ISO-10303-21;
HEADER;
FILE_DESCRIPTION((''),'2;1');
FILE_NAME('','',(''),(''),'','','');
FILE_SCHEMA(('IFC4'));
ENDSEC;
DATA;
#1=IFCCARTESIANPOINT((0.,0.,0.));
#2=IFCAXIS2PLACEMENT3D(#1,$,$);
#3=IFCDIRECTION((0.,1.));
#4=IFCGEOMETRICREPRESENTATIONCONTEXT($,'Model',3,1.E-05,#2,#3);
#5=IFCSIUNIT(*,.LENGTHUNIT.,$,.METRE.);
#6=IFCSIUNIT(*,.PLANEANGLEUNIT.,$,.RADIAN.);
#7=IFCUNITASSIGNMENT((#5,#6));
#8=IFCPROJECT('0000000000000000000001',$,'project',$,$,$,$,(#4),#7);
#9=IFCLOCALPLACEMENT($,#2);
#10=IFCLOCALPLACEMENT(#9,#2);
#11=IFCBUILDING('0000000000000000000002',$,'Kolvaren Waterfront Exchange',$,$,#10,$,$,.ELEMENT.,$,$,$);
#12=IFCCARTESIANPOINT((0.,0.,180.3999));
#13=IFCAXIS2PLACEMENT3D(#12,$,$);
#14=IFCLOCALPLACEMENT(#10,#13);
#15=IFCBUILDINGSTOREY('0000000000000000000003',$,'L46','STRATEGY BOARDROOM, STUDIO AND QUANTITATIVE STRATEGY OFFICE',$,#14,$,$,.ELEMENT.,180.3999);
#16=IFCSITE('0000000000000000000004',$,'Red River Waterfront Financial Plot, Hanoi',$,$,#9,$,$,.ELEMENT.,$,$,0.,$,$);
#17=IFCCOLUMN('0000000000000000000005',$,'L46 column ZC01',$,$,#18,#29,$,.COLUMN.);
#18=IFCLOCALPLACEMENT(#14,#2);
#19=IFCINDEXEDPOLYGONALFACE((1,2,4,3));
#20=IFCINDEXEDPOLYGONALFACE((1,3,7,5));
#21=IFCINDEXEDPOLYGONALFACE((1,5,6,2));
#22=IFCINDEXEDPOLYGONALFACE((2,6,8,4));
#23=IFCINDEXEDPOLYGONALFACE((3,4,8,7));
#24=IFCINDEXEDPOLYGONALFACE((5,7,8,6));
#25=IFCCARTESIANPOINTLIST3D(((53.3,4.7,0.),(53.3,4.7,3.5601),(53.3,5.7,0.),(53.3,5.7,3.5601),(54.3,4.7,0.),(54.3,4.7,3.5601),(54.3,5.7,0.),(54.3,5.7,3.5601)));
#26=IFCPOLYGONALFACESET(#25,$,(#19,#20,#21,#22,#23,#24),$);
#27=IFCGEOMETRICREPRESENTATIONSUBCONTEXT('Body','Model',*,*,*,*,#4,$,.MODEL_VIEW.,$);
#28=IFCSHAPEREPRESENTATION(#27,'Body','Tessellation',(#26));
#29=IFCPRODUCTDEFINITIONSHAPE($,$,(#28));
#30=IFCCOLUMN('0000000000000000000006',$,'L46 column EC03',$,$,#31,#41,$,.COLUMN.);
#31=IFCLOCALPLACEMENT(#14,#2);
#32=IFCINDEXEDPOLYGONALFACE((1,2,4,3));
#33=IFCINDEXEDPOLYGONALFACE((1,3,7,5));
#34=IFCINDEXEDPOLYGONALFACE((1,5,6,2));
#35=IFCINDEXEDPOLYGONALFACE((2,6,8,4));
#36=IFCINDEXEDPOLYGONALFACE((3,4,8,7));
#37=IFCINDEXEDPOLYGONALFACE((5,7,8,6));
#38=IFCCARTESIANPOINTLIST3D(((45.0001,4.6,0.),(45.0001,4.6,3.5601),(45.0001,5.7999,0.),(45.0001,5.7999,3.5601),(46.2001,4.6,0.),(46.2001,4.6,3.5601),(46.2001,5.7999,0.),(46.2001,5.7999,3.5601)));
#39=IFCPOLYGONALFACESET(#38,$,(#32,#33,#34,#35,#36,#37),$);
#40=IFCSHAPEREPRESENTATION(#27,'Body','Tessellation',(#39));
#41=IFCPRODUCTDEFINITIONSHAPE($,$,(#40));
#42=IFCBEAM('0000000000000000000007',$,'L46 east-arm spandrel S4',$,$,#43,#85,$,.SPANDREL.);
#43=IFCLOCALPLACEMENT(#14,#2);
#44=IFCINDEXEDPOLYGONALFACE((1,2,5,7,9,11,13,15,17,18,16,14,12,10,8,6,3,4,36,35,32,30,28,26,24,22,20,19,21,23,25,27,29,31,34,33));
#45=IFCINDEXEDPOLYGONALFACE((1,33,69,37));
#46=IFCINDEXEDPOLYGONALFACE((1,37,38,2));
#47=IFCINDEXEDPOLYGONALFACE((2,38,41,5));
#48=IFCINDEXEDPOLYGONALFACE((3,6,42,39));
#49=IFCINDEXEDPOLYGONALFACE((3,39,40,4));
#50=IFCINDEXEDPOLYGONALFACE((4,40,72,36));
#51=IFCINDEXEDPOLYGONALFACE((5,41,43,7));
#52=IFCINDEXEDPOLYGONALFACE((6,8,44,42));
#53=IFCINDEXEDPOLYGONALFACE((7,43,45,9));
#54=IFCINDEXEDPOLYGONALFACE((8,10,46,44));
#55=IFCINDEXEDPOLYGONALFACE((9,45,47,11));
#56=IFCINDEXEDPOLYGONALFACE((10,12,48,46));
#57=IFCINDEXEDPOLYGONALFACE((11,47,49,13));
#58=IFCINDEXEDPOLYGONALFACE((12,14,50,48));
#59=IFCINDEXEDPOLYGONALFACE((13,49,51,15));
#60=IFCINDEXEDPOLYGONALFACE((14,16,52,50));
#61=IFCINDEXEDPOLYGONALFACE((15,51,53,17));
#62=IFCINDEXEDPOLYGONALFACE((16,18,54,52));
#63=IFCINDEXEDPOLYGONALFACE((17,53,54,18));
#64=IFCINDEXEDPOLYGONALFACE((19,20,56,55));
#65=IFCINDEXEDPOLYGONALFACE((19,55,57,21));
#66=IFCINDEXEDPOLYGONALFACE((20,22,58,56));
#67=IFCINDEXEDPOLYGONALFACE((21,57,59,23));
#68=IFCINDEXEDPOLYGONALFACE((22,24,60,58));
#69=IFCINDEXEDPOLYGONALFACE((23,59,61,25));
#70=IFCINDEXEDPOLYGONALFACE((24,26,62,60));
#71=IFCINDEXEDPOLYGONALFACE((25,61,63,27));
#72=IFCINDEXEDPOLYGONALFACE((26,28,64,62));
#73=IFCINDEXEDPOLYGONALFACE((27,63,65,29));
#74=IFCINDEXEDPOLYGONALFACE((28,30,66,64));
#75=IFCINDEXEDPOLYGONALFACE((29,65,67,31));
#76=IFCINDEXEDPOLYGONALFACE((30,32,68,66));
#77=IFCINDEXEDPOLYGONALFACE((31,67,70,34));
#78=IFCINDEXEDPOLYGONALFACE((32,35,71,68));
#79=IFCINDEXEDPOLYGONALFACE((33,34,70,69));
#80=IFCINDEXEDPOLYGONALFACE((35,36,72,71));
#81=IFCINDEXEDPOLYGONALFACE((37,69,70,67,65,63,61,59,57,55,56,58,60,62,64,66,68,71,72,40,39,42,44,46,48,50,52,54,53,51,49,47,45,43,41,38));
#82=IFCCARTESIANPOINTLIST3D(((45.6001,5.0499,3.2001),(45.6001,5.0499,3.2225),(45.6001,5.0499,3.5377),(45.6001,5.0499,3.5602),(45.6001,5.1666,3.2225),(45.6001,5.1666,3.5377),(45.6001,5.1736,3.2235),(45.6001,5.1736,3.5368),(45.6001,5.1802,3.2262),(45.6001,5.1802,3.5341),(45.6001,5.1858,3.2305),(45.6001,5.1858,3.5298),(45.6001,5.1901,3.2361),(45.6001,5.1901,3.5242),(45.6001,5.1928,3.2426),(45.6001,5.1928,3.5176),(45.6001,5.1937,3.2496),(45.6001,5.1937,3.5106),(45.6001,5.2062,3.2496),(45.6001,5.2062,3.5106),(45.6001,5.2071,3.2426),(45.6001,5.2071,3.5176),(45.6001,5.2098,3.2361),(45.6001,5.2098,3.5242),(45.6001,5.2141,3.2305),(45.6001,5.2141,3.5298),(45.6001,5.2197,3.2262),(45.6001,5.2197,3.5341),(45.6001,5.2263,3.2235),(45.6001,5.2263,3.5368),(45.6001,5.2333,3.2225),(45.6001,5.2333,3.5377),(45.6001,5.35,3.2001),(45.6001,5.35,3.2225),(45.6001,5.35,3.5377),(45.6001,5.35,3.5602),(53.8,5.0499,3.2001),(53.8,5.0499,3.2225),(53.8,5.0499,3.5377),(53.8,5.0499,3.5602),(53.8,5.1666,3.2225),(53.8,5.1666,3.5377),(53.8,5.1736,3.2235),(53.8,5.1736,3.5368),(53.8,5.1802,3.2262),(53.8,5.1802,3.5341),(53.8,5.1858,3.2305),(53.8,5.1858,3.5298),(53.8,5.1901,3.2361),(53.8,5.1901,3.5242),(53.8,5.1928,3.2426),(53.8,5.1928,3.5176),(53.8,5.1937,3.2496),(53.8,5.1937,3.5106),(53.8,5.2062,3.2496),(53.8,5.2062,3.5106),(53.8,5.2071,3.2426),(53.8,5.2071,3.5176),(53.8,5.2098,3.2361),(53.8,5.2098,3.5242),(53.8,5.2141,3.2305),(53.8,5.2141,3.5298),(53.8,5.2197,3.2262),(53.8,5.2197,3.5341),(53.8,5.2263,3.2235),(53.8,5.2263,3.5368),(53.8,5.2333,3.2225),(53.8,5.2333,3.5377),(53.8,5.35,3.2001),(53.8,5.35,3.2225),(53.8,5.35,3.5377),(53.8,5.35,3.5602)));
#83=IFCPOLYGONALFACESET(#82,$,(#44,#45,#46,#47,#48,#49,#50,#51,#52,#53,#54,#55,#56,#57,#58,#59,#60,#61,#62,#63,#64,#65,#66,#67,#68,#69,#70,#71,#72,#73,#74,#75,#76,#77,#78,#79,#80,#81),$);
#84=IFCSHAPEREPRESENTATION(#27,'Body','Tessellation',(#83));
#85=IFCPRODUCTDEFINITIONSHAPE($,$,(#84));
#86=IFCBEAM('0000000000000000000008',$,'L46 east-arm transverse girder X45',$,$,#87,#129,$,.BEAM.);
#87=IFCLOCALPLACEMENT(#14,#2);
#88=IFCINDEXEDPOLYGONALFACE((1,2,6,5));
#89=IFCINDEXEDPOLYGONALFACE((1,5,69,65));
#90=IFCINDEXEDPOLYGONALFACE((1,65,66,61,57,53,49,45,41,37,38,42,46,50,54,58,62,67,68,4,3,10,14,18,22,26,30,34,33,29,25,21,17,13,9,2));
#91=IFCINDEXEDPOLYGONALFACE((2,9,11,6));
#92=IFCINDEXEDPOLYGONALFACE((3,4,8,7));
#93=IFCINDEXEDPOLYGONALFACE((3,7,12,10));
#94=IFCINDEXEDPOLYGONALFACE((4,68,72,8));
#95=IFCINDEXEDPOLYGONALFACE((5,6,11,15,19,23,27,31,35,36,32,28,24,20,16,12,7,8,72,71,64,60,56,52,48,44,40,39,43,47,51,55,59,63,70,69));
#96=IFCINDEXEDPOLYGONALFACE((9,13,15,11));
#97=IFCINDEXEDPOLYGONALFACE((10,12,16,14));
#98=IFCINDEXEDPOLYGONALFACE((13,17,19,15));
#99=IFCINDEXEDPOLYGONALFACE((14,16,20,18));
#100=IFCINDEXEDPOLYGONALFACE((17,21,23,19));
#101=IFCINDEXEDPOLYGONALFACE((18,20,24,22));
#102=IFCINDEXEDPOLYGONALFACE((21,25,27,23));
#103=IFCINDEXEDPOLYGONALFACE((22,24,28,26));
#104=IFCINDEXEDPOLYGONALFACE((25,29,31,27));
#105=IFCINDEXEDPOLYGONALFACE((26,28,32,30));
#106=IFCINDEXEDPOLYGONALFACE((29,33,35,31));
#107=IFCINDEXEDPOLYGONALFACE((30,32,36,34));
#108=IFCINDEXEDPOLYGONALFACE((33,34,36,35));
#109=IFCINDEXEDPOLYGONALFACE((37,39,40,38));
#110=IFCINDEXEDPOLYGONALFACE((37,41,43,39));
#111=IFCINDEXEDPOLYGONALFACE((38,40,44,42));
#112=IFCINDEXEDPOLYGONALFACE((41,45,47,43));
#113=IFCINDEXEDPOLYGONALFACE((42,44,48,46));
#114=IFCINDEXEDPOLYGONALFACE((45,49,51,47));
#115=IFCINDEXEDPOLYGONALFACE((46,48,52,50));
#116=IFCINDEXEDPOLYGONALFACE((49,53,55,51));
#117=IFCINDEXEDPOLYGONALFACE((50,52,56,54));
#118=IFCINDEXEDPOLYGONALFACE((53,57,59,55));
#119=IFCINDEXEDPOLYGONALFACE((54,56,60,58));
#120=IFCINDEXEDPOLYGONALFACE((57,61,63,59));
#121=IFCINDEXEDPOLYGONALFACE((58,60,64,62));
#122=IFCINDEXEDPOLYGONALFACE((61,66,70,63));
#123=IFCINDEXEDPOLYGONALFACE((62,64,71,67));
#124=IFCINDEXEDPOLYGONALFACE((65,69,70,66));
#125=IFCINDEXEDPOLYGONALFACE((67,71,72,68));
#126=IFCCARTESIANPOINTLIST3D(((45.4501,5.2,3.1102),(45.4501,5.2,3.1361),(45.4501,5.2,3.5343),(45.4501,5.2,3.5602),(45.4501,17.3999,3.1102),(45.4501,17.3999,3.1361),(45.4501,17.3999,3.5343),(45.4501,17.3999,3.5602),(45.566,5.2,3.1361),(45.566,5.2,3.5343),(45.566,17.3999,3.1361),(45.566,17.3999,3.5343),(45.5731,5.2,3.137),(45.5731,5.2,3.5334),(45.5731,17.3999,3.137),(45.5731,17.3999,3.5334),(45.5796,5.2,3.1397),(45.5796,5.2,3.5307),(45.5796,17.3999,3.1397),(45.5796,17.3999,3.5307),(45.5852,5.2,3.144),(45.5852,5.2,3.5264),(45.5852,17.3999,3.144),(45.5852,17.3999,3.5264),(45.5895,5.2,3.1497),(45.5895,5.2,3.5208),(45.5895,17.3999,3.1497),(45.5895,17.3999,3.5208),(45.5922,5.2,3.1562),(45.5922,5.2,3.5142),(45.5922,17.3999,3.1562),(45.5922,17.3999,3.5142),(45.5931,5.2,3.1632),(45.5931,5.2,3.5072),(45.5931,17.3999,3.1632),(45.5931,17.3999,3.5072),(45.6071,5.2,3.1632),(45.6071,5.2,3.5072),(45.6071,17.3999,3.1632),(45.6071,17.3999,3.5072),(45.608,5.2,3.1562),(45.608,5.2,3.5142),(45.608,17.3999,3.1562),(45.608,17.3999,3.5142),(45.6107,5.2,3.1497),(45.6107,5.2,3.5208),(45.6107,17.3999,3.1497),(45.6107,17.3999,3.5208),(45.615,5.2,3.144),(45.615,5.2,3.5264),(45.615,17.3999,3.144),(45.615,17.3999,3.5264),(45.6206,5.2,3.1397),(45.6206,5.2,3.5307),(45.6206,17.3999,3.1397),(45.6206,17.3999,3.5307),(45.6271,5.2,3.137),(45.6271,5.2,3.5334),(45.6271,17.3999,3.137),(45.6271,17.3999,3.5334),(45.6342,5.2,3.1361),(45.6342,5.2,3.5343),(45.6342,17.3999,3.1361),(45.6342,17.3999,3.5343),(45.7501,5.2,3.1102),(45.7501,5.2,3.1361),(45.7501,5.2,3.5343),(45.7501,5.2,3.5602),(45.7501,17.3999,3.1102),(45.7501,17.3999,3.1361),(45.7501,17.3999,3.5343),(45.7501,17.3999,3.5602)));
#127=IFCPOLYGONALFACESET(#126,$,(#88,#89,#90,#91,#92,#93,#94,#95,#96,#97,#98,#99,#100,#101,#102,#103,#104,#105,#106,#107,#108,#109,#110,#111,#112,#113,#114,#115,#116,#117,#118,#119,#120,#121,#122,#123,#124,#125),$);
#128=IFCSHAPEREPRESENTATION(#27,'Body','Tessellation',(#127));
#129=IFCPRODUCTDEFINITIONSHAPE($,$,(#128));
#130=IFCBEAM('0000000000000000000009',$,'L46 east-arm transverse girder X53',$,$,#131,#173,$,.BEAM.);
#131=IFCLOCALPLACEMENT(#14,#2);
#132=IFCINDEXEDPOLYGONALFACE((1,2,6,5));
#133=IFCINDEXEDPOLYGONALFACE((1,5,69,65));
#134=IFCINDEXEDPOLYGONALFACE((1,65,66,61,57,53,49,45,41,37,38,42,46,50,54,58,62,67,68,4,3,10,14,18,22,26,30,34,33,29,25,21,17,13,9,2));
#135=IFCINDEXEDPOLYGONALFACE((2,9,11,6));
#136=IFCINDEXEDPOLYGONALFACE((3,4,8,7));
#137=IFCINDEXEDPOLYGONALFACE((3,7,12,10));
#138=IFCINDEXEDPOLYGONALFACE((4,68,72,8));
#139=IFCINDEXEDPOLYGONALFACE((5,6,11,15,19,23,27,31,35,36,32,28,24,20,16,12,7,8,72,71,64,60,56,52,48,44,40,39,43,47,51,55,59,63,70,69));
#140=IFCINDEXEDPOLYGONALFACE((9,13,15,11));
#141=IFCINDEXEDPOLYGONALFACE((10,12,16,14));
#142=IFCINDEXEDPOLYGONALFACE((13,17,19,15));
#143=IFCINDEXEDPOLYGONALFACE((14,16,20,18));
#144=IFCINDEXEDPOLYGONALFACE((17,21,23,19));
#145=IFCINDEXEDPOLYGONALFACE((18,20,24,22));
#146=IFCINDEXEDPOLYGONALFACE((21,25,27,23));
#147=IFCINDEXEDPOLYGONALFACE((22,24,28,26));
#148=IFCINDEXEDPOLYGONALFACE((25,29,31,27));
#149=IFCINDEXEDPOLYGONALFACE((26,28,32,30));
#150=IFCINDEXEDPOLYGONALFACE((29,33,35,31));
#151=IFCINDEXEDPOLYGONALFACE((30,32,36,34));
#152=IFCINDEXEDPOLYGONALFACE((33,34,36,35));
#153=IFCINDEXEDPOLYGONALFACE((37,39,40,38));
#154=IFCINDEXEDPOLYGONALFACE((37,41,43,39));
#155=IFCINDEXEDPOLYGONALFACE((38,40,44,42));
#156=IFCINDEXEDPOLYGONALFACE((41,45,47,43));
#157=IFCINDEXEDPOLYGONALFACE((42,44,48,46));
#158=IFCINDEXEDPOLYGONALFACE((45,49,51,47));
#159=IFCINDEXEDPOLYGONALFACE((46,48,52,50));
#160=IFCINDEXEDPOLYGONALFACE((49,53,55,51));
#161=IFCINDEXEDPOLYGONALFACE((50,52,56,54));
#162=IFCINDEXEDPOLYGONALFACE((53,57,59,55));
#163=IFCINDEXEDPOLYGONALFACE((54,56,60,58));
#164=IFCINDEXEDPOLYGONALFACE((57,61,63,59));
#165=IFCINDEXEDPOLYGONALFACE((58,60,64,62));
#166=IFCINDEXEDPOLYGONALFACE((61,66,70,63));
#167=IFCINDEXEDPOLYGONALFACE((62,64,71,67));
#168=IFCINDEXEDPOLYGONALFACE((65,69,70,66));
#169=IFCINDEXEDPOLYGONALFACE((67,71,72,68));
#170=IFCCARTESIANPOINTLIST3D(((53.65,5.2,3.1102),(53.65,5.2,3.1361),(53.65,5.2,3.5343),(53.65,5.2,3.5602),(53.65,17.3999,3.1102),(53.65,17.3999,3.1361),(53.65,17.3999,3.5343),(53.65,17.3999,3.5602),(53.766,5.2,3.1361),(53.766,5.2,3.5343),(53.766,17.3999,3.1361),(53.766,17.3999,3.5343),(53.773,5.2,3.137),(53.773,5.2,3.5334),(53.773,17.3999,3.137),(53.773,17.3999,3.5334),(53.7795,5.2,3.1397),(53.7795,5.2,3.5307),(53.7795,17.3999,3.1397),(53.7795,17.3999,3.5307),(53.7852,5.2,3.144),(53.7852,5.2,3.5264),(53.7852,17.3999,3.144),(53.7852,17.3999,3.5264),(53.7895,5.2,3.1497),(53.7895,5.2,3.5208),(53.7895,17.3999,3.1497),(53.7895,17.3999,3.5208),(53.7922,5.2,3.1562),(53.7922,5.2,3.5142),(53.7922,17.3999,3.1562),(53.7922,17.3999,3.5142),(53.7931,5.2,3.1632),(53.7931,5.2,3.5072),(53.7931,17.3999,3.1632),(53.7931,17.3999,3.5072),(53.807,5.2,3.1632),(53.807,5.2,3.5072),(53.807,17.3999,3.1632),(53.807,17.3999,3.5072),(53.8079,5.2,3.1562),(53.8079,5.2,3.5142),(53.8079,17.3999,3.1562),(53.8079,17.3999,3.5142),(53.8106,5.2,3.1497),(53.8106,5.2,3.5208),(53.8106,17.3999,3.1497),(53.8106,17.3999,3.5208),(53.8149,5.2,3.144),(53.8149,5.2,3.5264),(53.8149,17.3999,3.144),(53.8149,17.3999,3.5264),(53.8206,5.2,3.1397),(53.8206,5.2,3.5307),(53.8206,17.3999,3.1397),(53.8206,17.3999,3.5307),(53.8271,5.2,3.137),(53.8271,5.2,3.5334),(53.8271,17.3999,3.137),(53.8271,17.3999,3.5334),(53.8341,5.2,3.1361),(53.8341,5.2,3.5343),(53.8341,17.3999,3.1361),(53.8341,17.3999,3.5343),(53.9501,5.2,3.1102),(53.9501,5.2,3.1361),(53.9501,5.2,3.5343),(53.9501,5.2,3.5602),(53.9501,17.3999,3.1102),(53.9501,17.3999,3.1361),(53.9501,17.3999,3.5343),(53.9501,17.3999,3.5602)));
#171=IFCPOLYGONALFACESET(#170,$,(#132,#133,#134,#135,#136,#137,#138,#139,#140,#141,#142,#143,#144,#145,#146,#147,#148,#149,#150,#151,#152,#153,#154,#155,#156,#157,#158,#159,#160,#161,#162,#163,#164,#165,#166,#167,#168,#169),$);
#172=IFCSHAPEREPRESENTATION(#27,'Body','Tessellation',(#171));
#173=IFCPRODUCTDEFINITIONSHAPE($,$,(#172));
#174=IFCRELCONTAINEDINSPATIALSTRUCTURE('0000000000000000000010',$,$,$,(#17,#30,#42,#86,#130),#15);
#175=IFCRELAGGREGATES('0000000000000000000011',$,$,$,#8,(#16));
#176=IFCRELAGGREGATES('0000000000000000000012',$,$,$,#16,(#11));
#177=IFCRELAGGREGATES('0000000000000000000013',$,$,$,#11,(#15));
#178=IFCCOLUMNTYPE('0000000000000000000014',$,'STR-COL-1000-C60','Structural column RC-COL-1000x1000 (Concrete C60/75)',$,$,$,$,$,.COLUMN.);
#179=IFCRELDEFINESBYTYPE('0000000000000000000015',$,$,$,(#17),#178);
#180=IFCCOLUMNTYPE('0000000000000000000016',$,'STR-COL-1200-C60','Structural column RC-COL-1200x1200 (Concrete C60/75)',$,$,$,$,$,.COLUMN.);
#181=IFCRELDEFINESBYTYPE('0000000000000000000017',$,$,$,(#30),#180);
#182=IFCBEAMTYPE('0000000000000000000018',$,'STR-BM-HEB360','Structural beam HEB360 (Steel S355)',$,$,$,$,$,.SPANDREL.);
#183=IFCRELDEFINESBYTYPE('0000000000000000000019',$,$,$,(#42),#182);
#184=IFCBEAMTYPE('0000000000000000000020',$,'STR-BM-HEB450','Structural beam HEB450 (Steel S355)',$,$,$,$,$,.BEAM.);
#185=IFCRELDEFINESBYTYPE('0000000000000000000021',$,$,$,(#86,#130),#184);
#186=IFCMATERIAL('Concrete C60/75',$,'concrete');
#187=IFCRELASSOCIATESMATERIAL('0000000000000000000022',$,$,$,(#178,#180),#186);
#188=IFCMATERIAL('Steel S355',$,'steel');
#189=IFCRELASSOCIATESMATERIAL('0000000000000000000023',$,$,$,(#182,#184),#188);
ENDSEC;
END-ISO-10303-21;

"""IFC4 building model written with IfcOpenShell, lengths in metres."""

from ifc_helpers import new_model, si_unit, direction, frame, origin, origin_2d, place, context, subcontext, project, spatial, rectangle, i_section, extrude, material, material_profile, profile_set, type_object, element, save


model = new_model("IFC4")

# Units and contexts
model_context = context("Model", 3, precision=1e-05, world=origin(), true_north=direction((0.0, 1.0)))
body_context = subcontext(model_context, "Body", "Model", "MODEL_VIEW")
ifc_project = project(units=[si_unit("LENGTHUNIT", "METRE"), si_unit("PLANEANGLEUNIT", "RADIAN")], contexts=[model_context])

# Site, building, storey
site_placement = place(None, origin())
site = spatial("IfcSite", under=ifc_project, at=site_placement, Name="Red River Waterfront Financial Plot, Hanoi", CompositionType="ELEMENT", RefElevation=0.0)
building_placement = place(site_placement, origin())
building = spatial("IfcBuilding", under=site, at=building_placement, Name="Kolvaren Waterfront Exchange", CompositionType="ELEMENT")
storey_placement = place(building_placement, frame((0.0, 0.0, 180.3999)))
storey = spatial("IfcBuildingStorey", under=building, at=storey_placement, Name="L46", Description="STRATEGY BOARDROOM, STUDIO AND QUANTITATIVE STRATEGY OFFICE", CompositionType="ELEMENT", Elevation=180.3999)

# Columns
ifc_material_1 = material(Name="Concrete C60/75", Category="concrete")
ifc_material_profile_1 = material_profile(ifc_material_1, rectangle(XDim=1.0, YDim=1.0, at=origin_2d()), Name="RC-COL-1000x1000")
ifc_profile_set_1 = profile_set([ifc_material_profile_1], Name="Concrete C60/75")
column_type_1 = type_object("IfcColumnType", Name="STR-COL-1000-C60", Description="Structural column RC-COL-1000x1000 (Concrete C60/75)", PredefinedType="COLUMN", material=ifc_profile_set_1)
column_1_placement = place(storey_placement, frame((53.8, 5.2, 0.0), z_axis=(0.0, 0.0, 1.0), x_axis=(1.0, 0.0, 0.0)))
element("IfcColumn", 1, at=column_1_placement, inside=storey, type_object=column_type_1, Name="L46 column ZC01", PredefinedType="COLUMN", context=body_context, shape_type="SweptSolid", body=[
    extrude(rectangle(XDim=1.0, YDim=1.0, at=origin_2d()), origin(), (0.0, 0.0, 1.0), 3.5601),
])
ifc_material_profile_2 = material_profile(ifc_material_1, rectangle(XDim=1.2, YDim=1.2, at=origin_2d()), Name="RC-COL-1200x1200")
ifc_profile_set_2 = profile_set([ifc_material_profile_2], Name="Concrete C60/75")
column_type_2 = type_object("IfcColumnType", Name="STR-COL-1200-C60", Description="Structural column RC-COL-1200x1200 (Concrete C60/75)", PredefinedType="COLUMN", material=ifc_profile_set_2)
column_2_placement = place(storey_placement, frame((45.6001, 5.2, 0.0), z_axis=(0.0, 0.0, 1.0), x_axis=(1.0, 0.0, 0.0)))
element("IfcColumn", 2, at=column_2_placement, inside=storey, type_object=column_type_2, Name="L46 column EC03", PredefinedType="COLUMN", context=body_context, shape_type="SweptSolid", body=[
    extrude(rectangle(XDim=1.2, YDim=1.2, at=origin_2d()), origin(), (0.0, 0.0, 1.0), 3.5601),
])

# Beams
ifc_material_2 = material(Name="Steel S355", Category="steel")
ifc_material_profile_3 = material_profile(ifc_material_2, i_section(OverallWidth=0.3, OverallDepth=0.3601, WebThickness=0.0125, FlangeThickness=0.0225, FilletRadius=0.0271, at=origin_2d()), Name="HEB360")
ifc_profile_set_3 = profile_set([ifc_material_profile_3], Name="Steel S355")
beam_type_1 = type_object("IfcBeamType", Name="STR-BM-HEB360", Description="Structural beam HEB360 (Steel S355)", PredefinedType="SPANDREL", material=ifc_profile_set_3)
beam_1_placement = place(storey_placement, frame((45.6001, 5.2, 3.3801), z_axis=(1.0, 0.0, 0.0), x_axis=(0.0, 1.0, 0.0)))
element("IfcBeam", 3, at=beam_1_placement, inside=storey, type_object=beam_type_1, Name="L46 east-arm spandrel S4", PredefinedType="SPANDREL", context=body_context, shape_type="SweptSolid", body=[
    extrude(i_section(OverallWidth=0.3, OverallDepth=0.3601, WebThickness=0.0125, FlangeThickness=0.0225, FilletRadius=0.0271, at=origin_2d()), origin(), (0.0, 0.0, 1.0), 8.2),
])
ifc_material_profile_4 = material_profile(ifc_material_2, i_section(OverallWidth=0.3, OverallDepth=0.45, WebThickness=0.0139, FlangeThickness=0.0259, FilletRadius=0.0271, at=origin_2d()), Name="HEB450")
ifc_profile_set_4 = profile_set([ifc_material_profile_4], Name="Steel S355")
beam_type_2 = type_object("IfcBeamType", Name="STR-BM-HEB450", Description="Structural beam HEB450 (Steel S355)", PredefinedType="BEAM", material=ifc_profile_set_4)
for number, where, z_axis, x_axis, name in (
    (4, (45.6001, 5.2, 3.3352), (0.0, 1.0, 0.0), (-1.0, 0.0, 0.0), "L46 east-arm transverse girder X45"),
    (5, (53.8, 5.2, 3.3352), (0.0, 1.0, 0.0), (-1.0, 0.0, 0.0), "L46 east-arm transverse girder X53"),
):
    element("IfcBeam", number, at=place(storey_placement, frame(where, z_axis=z_axis, x_axis=x_axis)), inside=storey, type_object=beam_type_2, Name=name, PredefinedType="BEAM", context=body_context, shape_type="SweptSolid", body=[
        extrude(i_section(OverallWidth=0.3, OverallDepth=0.45, WebThickness=0.0139, FlangeThickness=0.0259, FilletRadius=0.0271, at=origin_2d()), origin(), (0.0, 0.0, 1.0), 12.2),
    ])

save(model, "model.ifc")
